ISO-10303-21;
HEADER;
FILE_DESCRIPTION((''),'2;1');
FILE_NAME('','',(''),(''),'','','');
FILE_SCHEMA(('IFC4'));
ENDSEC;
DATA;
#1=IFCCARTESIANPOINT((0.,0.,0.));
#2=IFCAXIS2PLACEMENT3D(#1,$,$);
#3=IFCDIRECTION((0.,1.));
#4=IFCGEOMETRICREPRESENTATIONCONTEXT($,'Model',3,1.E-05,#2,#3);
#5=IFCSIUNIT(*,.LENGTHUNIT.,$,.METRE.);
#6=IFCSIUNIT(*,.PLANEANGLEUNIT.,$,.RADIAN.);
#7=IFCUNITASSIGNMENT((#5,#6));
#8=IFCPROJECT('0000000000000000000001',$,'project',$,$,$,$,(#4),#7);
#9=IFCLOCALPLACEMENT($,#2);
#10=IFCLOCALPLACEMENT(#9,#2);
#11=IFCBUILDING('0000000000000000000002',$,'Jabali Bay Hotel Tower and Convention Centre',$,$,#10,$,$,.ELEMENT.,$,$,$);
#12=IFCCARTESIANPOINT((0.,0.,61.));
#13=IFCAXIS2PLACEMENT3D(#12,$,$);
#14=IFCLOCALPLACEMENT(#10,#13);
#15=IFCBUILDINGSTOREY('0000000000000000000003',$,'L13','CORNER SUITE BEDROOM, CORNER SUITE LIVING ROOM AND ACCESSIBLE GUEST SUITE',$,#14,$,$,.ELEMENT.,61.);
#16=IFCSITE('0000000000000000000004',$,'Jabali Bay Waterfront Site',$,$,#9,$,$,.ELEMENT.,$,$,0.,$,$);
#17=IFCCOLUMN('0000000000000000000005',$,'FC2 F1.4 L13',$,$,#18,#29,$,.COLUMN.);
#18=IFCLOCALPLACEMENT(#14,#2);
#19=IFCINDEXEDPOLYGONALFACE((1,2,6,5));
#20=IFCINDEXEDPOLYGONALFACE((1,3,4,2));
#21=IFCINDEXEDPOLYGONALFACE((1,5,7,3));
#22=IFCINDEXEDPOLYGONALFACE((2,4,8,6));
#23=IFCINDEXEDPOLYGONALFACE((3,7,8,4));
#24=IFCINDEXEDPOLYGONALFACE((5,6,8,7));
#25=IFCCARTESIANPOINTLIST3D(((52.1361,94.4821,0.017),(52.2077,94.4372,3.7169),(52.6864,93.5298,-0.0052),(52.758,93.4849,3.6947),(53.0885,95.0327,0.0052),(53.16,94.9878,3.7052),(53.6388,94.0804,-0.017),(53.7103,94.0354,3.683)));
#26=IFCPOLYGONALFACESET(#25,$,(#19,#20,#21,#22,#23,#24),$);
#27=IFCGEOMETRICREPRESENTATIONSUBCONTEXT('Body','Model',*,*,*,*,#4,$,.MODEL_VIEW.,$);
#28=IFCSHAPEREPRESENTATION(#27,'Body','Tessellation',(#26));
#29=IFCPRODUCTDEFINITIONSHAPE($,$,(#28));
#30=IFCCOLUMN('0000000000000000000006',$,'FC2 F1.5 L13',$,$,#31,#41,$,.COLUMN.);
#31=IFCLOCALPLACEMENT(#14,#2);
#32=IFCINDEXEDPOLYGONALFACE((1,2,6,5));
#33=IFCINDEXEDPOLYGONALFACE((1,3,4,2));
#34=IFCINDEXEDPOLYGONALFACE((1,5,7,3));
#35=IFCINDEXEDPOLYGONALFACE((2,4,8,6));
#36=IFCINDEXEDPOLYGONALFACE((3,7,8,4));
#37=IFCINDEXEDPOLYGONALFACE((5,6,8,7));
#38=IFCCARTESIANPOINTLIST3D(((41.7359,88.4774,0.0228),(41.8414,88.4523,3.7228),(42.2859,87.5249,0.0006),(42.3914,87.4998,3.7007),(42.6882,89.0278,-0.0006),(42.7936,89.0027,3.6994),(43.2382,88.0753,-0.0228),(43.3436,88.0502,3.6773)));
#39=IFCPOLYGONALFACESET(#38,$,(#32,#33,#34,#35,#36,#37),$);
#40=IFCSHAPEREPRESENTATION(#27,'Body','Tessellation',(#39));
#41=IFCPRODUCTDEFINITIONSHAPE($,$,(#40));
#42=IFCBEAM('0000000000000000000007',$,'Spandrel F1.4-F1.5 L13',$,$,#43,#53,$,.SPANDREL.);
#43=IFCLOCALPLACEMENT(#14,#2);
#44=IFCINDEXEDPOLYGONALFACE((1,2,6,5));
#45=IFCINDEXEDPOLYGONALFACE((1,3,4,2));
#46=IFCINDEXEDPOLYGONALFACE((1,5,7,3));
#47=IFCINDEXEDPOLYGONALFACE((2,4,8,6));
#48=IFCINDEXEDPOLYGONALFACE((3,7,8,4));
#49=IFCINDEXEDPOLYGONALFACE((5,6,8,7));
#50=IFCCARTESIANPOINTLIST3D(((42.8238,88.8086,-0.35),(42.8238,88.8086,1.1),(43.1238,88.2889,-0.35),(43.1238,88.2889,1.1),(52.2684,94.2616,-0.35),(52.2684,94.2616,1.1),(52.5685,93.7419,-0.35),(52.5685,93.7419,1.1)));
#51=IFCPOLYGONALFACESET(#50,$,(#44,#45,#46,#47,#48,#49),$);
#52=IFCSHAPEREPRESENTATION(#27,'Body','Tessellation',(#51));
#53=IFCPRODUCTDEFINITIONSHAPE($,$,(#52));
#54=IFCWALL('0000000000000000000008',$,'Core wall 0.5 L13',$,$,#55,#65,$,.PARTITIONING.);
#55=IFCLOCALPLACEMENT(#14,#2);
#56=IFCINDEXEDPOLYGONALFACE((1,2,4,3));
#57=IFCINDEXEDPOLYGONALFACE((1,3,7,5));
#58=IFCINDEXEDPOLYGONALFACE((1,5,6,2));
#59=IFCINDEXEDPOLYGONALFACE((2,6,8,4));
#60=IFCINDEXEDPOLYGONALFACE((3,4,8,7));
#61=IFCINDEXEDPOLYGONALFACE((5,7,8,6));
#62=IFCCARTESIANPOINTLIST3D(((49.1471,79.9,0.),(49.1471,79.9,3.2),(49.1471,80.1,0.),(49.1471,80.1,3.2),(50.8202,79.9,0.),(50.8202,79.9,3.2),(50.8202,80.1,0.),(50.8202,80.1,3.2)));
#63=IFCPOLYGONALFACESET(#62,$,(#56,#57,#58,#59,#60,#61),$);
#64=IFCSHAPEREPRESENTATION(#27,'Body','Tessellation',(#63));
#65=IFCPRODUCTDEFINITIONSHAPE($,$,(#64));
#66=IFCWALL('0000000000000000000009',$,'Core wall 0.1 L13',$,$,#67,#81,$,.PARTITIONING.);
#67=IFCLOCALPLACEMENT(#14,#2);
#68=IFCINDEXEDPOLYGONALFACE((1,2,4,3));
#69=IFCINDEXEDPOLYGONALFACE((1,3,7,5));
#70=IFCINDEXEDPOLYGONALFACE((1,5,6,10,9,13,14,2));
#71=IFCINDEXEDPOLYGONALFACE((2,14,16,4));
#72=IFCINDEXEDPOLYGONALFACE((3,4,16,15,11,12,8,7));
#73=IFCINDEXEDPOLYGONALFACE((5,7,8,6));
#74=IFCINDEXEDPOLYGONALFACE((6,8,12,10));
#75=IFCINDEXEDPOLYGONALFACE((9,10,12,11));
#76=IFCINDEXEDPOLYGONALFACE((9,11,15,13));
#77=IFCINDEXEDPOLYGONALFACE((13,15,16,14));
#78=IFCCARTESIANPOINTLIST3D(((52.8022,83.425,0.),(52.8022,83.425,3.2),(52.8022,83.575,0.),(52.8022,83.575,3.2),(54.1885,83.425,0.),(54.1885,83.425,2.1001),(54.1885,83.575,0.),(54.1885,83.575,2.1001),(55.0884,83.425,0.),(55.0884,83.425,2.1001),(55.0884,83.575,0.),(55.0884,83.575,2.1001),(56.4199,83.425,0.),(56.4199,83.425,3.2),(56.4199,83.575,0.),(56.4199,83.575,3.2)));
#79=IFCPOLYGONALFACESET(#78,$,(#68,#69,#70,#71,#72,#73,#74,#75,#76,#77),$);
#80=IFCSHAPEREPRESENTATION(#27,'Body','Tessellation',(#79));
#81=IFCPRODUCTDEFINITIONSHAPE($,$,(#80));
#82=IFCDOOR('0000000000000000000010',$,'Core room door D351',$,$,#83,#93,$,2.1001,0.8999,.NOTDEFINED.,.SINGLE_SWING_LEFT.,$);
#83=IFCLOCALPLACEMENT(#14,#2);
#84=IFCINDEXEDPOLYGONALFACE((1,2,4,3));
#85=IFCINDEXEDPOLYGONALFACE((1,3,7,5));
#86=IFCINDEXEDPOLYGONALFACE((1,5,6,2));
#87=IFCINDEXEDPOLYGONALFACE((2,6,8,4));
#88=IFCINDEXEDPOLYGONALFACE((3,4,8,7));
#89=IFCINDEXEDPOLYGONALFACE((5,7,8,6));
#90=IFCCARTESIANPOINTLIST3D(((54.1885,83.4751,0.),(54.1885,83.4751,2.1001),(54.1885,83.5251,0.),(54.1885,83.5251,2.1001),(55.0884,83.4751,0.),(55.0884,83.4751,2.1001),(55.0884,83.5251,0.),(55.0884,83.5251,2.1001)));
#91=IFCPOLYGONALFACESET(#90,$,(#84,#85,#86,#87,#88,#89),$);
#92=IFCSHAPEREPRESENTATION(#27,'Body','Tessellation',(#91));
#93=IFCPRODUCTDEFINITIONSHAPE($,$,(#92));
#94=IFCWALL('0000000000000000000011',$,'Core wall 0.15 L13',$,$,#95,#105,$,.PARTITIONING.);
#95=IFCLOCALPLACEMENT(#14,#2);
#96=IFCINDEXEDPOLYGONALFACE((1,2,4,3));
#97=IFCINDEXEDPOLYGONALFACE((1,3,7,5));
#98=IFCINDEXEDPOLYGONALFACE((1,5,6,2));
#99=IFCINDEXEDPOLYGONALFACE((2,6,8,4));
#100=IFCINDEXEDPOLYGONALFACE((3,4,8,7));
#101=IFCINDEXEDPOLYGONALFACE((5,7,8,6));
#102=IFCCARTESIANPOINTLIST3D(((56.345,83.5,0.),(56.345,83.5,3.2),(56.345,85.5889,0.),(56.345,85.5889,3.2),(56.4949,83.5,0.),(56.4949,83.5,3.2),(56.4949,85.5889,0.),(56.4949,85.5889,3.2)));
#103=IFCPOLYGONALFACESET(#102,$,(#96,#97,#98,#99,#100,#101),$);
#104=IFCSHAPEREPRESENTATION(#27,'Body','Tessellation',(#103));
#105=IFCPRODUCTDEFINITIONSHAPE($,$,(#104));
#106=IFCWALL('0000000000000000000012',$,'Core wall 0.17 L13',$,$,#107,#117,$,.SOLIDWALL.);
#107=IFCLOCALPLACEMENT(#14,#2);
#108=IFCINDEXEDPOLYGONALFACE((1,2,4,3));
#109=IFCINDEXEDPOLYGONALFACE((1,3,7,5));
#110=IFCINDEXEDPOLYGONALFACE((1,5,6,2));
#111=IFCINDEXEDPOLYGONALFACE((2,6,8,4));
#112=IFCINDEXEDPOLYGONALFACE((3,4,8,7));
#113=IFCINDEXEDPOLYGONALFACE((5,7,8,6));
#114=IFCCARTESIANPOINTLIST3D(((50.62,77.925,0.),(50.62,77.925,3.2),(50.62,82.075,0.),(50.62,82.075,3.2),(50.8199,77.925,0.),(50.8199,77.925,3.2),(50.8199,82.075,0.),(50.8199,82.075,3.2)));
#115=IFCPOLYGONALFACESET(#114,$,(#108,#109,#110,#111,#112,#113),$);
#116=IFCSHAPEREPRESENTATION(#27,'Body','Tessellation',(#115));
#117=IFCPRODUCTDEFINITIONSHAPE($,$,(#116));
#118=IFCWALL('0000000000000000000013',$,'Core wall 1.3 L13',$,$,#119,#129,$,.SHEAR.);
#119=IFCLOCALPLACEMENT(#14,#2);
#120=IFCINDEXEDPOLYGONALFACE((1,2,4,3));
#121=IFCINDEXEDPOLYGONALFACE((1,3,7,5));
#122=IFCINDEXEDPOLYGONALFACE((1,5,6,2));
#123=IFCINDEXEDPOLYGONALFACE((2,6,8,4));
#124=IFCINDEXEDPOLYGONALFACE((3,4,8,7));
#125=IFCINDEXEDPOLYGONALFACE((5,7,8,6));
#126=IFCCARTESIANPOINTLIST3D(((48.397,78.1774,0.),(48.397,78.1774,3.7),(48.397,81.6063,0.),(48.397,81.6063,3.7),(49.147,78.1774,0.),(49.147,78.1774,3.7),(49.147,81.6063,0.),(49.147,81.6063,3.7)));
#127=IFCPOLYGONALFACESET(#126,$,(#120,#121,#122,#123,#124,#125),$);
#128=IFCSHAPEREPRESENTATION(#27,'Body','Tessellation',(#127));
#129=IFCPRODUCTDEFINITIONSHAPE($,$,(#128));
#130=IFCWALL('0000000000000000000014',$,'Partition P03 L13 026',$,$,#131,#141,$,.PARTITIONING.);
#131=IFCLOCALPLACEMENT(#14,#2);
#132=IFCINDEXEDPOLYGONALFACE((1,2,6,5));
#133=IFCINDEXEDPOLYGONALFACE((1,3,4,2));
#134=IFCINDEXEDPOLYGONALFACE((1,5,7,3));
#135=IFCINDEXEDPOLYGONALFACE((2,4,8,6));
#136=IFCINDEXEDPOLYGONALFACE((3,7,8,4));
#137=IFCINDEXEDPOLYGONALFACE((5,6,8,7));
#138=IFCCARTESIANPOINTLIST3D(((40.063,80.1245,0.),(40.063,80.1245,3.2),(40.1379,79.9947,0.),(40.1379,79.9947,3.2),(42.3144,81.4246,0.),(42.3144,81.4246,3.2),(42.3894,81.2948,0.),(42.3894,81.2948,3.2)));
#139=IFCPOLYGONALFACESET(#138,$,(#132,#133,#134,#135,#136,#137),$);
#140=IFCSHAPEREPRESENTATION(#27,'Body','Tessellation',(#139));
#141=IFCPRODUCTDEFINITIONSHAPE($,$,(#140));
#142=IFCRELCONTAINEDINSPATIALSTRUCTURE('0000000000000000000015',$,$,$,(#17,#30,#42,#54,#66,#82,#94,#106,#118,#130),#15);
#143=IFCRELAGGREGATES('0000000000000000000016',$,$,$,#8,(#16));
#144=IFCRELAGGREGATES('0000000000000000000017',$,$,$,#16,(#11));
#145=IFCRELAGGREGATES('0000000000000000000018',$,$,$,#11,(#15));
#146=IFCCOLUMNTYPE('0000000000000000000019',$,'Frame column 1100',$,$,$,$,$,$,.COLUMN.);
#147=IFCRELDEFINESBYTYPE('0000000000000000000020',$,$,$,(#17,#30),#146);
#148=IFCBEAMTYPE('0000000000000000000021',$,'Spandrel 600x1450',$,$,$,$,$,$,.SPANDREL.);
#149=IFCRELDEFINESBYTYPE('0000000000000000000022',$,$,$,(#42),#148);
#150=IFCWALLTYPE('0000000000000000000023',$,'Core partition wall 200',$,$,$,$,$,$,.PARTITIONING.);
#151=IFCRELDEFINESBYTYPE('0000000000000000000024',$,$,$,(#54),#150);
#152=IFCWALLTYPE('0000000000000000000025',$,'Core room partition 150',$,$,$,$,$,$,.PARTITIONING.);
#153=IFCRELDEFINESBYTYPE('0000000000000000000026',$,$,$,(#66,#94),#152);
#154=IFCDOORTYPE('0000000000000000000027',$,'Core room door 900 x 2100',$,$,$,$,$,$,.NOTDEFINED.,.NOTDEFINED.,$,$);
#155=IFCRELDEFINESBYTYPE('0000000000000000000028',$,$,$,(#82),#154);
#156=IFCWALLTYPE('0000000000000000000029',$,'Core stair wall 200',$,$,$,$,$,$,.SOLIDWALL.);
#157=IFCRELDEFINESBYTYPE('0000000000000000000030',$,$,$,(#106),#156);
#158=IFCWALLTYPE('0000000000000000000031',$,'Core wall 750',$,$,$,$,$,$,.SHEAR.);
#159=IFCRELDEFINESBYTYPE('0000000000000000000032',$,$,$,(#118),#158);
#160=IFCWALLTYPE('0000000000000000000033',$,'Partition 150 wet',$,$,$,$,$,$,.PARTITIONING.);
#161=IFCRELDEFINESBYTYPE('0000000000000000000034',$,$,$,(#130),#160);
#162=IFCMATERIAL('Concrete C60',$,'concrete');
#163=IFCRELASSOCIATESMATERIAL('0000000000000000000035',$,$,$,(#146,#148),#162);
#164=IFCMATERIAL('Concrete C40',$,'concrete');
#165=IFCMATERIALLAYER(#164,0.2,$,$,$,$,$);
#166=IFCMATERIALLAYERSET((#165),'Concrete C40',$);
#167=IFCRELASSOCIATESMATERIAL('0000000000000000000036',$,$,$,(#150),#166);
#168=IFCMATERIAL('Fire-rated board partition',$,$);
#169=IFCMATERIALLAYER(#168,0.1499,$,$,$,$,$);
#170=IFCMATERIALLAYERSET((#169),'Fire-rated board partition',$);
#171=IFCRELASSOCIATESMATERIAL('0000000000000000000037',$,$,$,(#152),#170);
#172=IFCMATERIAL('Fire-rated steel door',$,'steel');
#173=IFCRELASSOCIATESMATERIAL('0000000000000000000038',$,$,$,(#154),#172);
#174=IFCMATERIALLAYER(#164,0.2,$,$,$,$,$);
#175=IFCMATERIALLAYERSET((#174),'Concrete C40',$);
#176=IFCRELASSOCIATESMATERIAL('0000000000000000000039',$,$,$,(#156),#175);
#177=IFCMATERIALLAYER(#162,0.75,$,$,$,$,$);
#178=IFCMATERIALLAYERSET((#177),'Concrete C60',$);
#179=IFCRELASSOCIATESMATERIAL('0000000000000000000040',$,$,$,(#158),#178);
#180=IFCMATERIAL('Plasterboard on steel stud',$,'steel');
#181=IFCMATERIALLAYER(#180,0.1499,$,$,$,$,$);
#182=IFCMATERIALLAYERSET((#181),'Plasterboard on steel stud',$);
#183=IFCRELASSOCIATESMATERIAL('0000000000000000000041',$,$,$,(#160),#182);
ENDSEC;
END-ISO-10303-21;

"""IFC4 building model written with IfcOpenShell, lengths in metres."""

from ifc_helpers import new_model, si_unit, direction, frame, frame_2d, origin, origin_2d, place, context, subcontext, project, spatial, rectangle, extrude, material, layer, layer_set, material_profile, profile_set, type_object, element, fill, save


model = new_model("IFC4")

# Units and contexts
model_context = context("Model", 3, precision=1e-05, world=origin(), true_north=direction((0.0, 1.0)))
body_context = subcontext(model_context, "Body", "Model", "MODEL_VIEW")
ifc_project = project(units=[si_unit("LENGTHUNIT", "METRE"), si_unit("PLANEANGLEUNIT", "RADIAN")], contexts=[model_context])

# Site, building, storey
site_placement = place(None, origin())
site = spatial("IfcSite", under=ifc_project, at=site_placement, Name="Jabali Bay Waterfront Site", CompositionType="ELEMENT", RefElevation=0.0)
building_placement = place(site_placement, origin())
building = spatial("IfcBuilding", under=site, at=building_placement, Name="Jabali Bay Hotel Tower and Convention Centre", CompositionType="ELEMENT")
storey_placement = place(building_placement, frame((0.0, 0.0, 61.0)))
storey = spatial("IfcBuildingStorey", under=building, at=storey_placement, Name="L13", Description="CORNER SUITE BEDROOM, CORNER SUITE LIVING ROOM AND ACCESSIBLE GUEST SUITE", CompositionType="ELEMENT", Elevation=61.0)

# Columns
ifc_material_1 = material(Name="Concrete C60", Category="concrete")
ifc_material_profile_1 = material_profile(ifc_material_1, rectangle(XDim=1.1001, YDim=1.1001, at=origin_2d()), Name="Frame column 1100")
ifc_profile_set_1 = profile_set([ifc_material_profile_1], Name="Concrete C60")
column_type = type_object("IfcColumnType", Name="Frame column 1100", PredefinedType="COLUMN", material=ifc_profile_set_1)
column_1_placement = place(storey_placement, frame((52.8875, 94.2812, 0.0), z_axis=(0.019329, -0.012138, 0.99974), x_axis=(-0.500209, 0.86567, 0.020181)))
element("IfcColumn", 1, at=column_1_placement, inside=storey, type_object=column_type, Name="FC2 F1.4 L13", PredefinedType="COLUMN", context=body_context, shape_type="SweptSolid", body=[
    extrude(rectangle(XDim=1.1001, YDim=1.1001, at=origin_2d()), origin(), (0.0, 0.0, 1.0), 3.7009),
])
column_2_placement = place(storey_placement, frame((42.4871, 88.2764, 0.0), z_axis=(0.028493, -0.006794, 0.999571), x_axis=(-0.499958, 0.865816, 0.020136)))
element("IfcColumn", 2, at=column_2_placement, inside=storey, type_object=column_type, Name="FC2 F1.5 L13", PredefinedType="COLUMN", context=body_context, shape_type="SweptSolid", body=[
    extrude(rectangle(XDim=1.1001, YDim=1.1001, at=origin_2d()), origin(), (0.0, 0.0, 1.0), 3.7017),
])

# Beam
ifc_material_profile_2 = material_profile(ifc_material_1, rectangle(XDim=0.6001, YDim=1.45, at=origin_2d()), Name="Spandrel 600x1450")
ifc_profile_set_2 = profile_set([ifc_material_profile_2], Name="Concrete C60")
beam_type = type_object("IfcBeamType", Name="Spandrel 600x1450", PredefinedType="SPANDREL", material=ifc_profile_set_2)
beam_placement = place(storey_placement, frame((52.4185, 94.0017, 0.375), z_axis=(-0.866023, -0.500003, 0.0), x_axis=(0.500003, -0.866023, 0.0)))
element("IfcBeam", 3, at=beam_placement, inside=storey, type_object=beam_type, Name="Spandrel F1.4-F1.5 L13", PredefinedType="SPANDREL", context=body_context, shape_type="SweptSolid", body=[
    extrude(rectangle(XDim=0.6001, YDim=1.45, at=origin_2d()), origin(), (0.0, 0.0, 1.0), 10.9058),
])

# Wall
ifc_material_2 = material(Name="Concrete C40", Category="concrete")
ifc_layer_1 = layer(ifc_material_2, 0.2)
ifc_layer_set_1 = layer_set([ifc_layer_1], Name="Concrete C40")
wall_type_1 = type_object("IfcWallType", Name="Core partition wall 200", PredefinedType="PARTITIONING", material=ifc_layer_set_1)
wall_1_placement = place(storey_placement, frame((50.8201, 80.0, 0.0), z_axis=(0.0, 0.0, 1.0), x_axis=(-1.0, 0.0, 0.0)))
element("IfcWall", 4, at=wall_1_placement, inside=storey, type_object=wall_type_1, Name="Core wall 0.5 L13", PredefinedType="PARTITIONING", context=body_context, shape_type="SweptSolid", body=[
    extrude(rectangle(XDim=1.6731, YDim=0.2, at=frame_2d((0.8364, 0.0))), origin(), (0.0, 0.0, 1.0), 3.2),
])

# Wall, opening, door
ifc_material_3 = material(Name="Fire-rated board partition")
ifc_layer_2 = layer(ifc_material_3, 0.1499)
ifc_layer_set_2 = layer_set([ifc_layer_2], Name="Fire-rated board partition")
wall_type_2 = type_object("IfcWallType", Name="Core room partition 150", PredefinedType="PARTITIONING", material=ifc_layer_set_2)
wall_2_placement = place(storey_placement, frame((56.4199, 83.5, 0.0), z_axis=(0.0, 0.0, 1.0), x_axis=(-1.0, 0.0, 0.0)))
wall_2 = element("IfcWall", 5, at=wall_2_placement, inside=storey, type_object=wall_type_2, Name="Core wall 0.1 L13", PredefinedType="PARTITIONING", context=body_context, shape_type="SweptSolid", body=[
    extrude(rectangle(XDim=3.6177, YDim=0.1499, at=frame_2d((1.8088, 0.0))), origin(), (0.0, 0.0, 1.0), 3.2),
])
opening_placement = place(wall_2_placement, frame((1.3315, 0.0, 0.0)))
opening = element("IfcOpeningElement", 6, at=opening_placement, cuts=wall_2, PredefinedType="OPENING", context=body_context, shape_type="SweptSolid", body=[
    extrude(rectangle(XDim=0.8999, YDim=2.1001, at=frame_2d((0.45, 1.05))), frame((0.0, 0.0854, 0.0), z_axis=(0.0, -1.0, 0.0), x_axis=(1.0, 0.0, 0.0)), (0.0, 0.0, 1.0), 0.1709),
])
ifc_material_4 = material(Name="Fire-rated steel door", Category="steel")
door_type = type_object("IfcDoorType", Name="Core room door 900 x 2100", OperationType="NOTDEFINED", PredefinedType="NOTDEFINED", material=ifc_material_4)
door_placement = place(opening_placement, origin())
door = element("IfcDoor", 7, at=door_placement, inside=storey, type_object=door_type, Name="Core room door D351", OperationType="SINGLE_SWING_LEFT", OverallHeight=2.1001, OverallWidth=0.8999, PredefinedType="NOTDEFINED", context=body_context, shape_type="SweptSolid", body=[
    extrude(rectangle(XDim=0.8999, YDim=2.1001, at=frame_2d((0.45, 1.05))), frame((0.0, 0.0249, 0.0), z_axis=(0.0, -1.0, 0.0), x_axis=(1.0, 0.0, 0.0)), (0.0, 0.0, 1.0), 0.05),
])
fill(opening, door)

# Walls
wall_3_placement = place(storey_placement, frame((56.4199, 85.5889, 0.0), z_axis=(0.0, 0.0, 1.0), x_axis=(0.0, -1.0, 0.0)))
element("IfcWall", 8, at=wall_3_placement, inside=storey, type_object=wall_type_2, Name="Core wall 0.15 L13", PredefinedType="PARTITIONING", context=body_context, shape_type="SweptSolid", body=[
    extrude(rectangle(XDim=2.0889, YDim=0.1499, at=frame_2d((1.0444, 0.0))), origin(), (0.0, 0.0, 1.0), 3.2),
])
ifc_layer_3 = layer(ifc_material_2, 0.2)
ifc_layer_set_3 = layer_set([ifc_layer_3], Name="Concrete C40")
wall_type_3 = type_object("IfcWallType", Name="Core stair wall 200", PredefinedType="SOLIDWALL", material=ifc_layer_set_3)
wall_4_placement = place(storey_placement, frame((50.72, 82.075, 0.0), z_axis=(0.0, 0.0, 1.0), x_axis=(0.0, -1.0, 0.0)))
element("IfcWall", 9, at=wall_4_placement, inside=storey, type_object=wall_type_3, Name="Core wall 0.17 L13", PredefinedType="SOLIDWALL", context=body_context, shape_type="SweptSolid", body=[
    extrude(rectangle(XDim=4.1499, YDim=0.2, at=frame_2d((2.075, 0.0))), origin(), (0.0, 0.0, 1.0), 3.2),
])
ifc_layer_4 = layer(ifc_material_1, 0.75)
ifc_layer_set_4 = layer_set([ifc_layer_4], Name="Concrete C60")
wall_type_4 = type_object("IfcWallType", Name="Core wall 750", PredefinedType="SHEAR", material=ifc_layer_set_4)
wall_5_placement = place(storey_placement, frame((48.772, 81.6062, 0.0), z_axis=(0.0, 0.0, 1.0), x_axis=(0.0, -1.0, 0.0)))
element("IfcWall", 10, at=wall_5_placement, inside=storey, type_object=wall_type_4, Name="Core wall 1.3 L13", PredefinedType="SHEAR", context=body_context, shape_type="SweptSolid", body=[
    extrude(rectangle(XDim=3.429, YDim=0.75, at=frame_2d((1.7144, 0.0))), origin(), (0.0, 0.0, 1.0), 3.7),
])
ifc_material_5 = material(Name="Plasterboard on steel stud", Category="steel")
ifc_layer_5 = layer(ifc_material_5, 0.1499)
ifc_layer_set_5 = layer_set([ifc_layer_5], Name="Plasterboard on steel stud")
wall_type_5 = type_object("IfcWallType", Name="Partition 150 wet", PredefinedType="PARTITIONING", material=ifc_layer_set_5)
wall_6_placement = place(storey_placement, frame((42.3518, 81.3596, 0.0), z_axis=(0.0, 0.0, 1.0), x_axis=(-0.865998, -0.500048, 0.0)))
element("IfcWall", 11, at=wall_6_placement, inside=storey, type_object=wall_type_5, Name="Partition P03 L13 026", PredefinedType="PARTITIONING", context=body_context, shape_type="SweptSolid", body=[
    extrude(rectangle(XDim=2.5999, YDim=0.1499, at=frame_2d((1.2998, 0.0))), origin(), (0.0, 0.0, 1.0), 3.2),
])

save(model, "model.ifc")
